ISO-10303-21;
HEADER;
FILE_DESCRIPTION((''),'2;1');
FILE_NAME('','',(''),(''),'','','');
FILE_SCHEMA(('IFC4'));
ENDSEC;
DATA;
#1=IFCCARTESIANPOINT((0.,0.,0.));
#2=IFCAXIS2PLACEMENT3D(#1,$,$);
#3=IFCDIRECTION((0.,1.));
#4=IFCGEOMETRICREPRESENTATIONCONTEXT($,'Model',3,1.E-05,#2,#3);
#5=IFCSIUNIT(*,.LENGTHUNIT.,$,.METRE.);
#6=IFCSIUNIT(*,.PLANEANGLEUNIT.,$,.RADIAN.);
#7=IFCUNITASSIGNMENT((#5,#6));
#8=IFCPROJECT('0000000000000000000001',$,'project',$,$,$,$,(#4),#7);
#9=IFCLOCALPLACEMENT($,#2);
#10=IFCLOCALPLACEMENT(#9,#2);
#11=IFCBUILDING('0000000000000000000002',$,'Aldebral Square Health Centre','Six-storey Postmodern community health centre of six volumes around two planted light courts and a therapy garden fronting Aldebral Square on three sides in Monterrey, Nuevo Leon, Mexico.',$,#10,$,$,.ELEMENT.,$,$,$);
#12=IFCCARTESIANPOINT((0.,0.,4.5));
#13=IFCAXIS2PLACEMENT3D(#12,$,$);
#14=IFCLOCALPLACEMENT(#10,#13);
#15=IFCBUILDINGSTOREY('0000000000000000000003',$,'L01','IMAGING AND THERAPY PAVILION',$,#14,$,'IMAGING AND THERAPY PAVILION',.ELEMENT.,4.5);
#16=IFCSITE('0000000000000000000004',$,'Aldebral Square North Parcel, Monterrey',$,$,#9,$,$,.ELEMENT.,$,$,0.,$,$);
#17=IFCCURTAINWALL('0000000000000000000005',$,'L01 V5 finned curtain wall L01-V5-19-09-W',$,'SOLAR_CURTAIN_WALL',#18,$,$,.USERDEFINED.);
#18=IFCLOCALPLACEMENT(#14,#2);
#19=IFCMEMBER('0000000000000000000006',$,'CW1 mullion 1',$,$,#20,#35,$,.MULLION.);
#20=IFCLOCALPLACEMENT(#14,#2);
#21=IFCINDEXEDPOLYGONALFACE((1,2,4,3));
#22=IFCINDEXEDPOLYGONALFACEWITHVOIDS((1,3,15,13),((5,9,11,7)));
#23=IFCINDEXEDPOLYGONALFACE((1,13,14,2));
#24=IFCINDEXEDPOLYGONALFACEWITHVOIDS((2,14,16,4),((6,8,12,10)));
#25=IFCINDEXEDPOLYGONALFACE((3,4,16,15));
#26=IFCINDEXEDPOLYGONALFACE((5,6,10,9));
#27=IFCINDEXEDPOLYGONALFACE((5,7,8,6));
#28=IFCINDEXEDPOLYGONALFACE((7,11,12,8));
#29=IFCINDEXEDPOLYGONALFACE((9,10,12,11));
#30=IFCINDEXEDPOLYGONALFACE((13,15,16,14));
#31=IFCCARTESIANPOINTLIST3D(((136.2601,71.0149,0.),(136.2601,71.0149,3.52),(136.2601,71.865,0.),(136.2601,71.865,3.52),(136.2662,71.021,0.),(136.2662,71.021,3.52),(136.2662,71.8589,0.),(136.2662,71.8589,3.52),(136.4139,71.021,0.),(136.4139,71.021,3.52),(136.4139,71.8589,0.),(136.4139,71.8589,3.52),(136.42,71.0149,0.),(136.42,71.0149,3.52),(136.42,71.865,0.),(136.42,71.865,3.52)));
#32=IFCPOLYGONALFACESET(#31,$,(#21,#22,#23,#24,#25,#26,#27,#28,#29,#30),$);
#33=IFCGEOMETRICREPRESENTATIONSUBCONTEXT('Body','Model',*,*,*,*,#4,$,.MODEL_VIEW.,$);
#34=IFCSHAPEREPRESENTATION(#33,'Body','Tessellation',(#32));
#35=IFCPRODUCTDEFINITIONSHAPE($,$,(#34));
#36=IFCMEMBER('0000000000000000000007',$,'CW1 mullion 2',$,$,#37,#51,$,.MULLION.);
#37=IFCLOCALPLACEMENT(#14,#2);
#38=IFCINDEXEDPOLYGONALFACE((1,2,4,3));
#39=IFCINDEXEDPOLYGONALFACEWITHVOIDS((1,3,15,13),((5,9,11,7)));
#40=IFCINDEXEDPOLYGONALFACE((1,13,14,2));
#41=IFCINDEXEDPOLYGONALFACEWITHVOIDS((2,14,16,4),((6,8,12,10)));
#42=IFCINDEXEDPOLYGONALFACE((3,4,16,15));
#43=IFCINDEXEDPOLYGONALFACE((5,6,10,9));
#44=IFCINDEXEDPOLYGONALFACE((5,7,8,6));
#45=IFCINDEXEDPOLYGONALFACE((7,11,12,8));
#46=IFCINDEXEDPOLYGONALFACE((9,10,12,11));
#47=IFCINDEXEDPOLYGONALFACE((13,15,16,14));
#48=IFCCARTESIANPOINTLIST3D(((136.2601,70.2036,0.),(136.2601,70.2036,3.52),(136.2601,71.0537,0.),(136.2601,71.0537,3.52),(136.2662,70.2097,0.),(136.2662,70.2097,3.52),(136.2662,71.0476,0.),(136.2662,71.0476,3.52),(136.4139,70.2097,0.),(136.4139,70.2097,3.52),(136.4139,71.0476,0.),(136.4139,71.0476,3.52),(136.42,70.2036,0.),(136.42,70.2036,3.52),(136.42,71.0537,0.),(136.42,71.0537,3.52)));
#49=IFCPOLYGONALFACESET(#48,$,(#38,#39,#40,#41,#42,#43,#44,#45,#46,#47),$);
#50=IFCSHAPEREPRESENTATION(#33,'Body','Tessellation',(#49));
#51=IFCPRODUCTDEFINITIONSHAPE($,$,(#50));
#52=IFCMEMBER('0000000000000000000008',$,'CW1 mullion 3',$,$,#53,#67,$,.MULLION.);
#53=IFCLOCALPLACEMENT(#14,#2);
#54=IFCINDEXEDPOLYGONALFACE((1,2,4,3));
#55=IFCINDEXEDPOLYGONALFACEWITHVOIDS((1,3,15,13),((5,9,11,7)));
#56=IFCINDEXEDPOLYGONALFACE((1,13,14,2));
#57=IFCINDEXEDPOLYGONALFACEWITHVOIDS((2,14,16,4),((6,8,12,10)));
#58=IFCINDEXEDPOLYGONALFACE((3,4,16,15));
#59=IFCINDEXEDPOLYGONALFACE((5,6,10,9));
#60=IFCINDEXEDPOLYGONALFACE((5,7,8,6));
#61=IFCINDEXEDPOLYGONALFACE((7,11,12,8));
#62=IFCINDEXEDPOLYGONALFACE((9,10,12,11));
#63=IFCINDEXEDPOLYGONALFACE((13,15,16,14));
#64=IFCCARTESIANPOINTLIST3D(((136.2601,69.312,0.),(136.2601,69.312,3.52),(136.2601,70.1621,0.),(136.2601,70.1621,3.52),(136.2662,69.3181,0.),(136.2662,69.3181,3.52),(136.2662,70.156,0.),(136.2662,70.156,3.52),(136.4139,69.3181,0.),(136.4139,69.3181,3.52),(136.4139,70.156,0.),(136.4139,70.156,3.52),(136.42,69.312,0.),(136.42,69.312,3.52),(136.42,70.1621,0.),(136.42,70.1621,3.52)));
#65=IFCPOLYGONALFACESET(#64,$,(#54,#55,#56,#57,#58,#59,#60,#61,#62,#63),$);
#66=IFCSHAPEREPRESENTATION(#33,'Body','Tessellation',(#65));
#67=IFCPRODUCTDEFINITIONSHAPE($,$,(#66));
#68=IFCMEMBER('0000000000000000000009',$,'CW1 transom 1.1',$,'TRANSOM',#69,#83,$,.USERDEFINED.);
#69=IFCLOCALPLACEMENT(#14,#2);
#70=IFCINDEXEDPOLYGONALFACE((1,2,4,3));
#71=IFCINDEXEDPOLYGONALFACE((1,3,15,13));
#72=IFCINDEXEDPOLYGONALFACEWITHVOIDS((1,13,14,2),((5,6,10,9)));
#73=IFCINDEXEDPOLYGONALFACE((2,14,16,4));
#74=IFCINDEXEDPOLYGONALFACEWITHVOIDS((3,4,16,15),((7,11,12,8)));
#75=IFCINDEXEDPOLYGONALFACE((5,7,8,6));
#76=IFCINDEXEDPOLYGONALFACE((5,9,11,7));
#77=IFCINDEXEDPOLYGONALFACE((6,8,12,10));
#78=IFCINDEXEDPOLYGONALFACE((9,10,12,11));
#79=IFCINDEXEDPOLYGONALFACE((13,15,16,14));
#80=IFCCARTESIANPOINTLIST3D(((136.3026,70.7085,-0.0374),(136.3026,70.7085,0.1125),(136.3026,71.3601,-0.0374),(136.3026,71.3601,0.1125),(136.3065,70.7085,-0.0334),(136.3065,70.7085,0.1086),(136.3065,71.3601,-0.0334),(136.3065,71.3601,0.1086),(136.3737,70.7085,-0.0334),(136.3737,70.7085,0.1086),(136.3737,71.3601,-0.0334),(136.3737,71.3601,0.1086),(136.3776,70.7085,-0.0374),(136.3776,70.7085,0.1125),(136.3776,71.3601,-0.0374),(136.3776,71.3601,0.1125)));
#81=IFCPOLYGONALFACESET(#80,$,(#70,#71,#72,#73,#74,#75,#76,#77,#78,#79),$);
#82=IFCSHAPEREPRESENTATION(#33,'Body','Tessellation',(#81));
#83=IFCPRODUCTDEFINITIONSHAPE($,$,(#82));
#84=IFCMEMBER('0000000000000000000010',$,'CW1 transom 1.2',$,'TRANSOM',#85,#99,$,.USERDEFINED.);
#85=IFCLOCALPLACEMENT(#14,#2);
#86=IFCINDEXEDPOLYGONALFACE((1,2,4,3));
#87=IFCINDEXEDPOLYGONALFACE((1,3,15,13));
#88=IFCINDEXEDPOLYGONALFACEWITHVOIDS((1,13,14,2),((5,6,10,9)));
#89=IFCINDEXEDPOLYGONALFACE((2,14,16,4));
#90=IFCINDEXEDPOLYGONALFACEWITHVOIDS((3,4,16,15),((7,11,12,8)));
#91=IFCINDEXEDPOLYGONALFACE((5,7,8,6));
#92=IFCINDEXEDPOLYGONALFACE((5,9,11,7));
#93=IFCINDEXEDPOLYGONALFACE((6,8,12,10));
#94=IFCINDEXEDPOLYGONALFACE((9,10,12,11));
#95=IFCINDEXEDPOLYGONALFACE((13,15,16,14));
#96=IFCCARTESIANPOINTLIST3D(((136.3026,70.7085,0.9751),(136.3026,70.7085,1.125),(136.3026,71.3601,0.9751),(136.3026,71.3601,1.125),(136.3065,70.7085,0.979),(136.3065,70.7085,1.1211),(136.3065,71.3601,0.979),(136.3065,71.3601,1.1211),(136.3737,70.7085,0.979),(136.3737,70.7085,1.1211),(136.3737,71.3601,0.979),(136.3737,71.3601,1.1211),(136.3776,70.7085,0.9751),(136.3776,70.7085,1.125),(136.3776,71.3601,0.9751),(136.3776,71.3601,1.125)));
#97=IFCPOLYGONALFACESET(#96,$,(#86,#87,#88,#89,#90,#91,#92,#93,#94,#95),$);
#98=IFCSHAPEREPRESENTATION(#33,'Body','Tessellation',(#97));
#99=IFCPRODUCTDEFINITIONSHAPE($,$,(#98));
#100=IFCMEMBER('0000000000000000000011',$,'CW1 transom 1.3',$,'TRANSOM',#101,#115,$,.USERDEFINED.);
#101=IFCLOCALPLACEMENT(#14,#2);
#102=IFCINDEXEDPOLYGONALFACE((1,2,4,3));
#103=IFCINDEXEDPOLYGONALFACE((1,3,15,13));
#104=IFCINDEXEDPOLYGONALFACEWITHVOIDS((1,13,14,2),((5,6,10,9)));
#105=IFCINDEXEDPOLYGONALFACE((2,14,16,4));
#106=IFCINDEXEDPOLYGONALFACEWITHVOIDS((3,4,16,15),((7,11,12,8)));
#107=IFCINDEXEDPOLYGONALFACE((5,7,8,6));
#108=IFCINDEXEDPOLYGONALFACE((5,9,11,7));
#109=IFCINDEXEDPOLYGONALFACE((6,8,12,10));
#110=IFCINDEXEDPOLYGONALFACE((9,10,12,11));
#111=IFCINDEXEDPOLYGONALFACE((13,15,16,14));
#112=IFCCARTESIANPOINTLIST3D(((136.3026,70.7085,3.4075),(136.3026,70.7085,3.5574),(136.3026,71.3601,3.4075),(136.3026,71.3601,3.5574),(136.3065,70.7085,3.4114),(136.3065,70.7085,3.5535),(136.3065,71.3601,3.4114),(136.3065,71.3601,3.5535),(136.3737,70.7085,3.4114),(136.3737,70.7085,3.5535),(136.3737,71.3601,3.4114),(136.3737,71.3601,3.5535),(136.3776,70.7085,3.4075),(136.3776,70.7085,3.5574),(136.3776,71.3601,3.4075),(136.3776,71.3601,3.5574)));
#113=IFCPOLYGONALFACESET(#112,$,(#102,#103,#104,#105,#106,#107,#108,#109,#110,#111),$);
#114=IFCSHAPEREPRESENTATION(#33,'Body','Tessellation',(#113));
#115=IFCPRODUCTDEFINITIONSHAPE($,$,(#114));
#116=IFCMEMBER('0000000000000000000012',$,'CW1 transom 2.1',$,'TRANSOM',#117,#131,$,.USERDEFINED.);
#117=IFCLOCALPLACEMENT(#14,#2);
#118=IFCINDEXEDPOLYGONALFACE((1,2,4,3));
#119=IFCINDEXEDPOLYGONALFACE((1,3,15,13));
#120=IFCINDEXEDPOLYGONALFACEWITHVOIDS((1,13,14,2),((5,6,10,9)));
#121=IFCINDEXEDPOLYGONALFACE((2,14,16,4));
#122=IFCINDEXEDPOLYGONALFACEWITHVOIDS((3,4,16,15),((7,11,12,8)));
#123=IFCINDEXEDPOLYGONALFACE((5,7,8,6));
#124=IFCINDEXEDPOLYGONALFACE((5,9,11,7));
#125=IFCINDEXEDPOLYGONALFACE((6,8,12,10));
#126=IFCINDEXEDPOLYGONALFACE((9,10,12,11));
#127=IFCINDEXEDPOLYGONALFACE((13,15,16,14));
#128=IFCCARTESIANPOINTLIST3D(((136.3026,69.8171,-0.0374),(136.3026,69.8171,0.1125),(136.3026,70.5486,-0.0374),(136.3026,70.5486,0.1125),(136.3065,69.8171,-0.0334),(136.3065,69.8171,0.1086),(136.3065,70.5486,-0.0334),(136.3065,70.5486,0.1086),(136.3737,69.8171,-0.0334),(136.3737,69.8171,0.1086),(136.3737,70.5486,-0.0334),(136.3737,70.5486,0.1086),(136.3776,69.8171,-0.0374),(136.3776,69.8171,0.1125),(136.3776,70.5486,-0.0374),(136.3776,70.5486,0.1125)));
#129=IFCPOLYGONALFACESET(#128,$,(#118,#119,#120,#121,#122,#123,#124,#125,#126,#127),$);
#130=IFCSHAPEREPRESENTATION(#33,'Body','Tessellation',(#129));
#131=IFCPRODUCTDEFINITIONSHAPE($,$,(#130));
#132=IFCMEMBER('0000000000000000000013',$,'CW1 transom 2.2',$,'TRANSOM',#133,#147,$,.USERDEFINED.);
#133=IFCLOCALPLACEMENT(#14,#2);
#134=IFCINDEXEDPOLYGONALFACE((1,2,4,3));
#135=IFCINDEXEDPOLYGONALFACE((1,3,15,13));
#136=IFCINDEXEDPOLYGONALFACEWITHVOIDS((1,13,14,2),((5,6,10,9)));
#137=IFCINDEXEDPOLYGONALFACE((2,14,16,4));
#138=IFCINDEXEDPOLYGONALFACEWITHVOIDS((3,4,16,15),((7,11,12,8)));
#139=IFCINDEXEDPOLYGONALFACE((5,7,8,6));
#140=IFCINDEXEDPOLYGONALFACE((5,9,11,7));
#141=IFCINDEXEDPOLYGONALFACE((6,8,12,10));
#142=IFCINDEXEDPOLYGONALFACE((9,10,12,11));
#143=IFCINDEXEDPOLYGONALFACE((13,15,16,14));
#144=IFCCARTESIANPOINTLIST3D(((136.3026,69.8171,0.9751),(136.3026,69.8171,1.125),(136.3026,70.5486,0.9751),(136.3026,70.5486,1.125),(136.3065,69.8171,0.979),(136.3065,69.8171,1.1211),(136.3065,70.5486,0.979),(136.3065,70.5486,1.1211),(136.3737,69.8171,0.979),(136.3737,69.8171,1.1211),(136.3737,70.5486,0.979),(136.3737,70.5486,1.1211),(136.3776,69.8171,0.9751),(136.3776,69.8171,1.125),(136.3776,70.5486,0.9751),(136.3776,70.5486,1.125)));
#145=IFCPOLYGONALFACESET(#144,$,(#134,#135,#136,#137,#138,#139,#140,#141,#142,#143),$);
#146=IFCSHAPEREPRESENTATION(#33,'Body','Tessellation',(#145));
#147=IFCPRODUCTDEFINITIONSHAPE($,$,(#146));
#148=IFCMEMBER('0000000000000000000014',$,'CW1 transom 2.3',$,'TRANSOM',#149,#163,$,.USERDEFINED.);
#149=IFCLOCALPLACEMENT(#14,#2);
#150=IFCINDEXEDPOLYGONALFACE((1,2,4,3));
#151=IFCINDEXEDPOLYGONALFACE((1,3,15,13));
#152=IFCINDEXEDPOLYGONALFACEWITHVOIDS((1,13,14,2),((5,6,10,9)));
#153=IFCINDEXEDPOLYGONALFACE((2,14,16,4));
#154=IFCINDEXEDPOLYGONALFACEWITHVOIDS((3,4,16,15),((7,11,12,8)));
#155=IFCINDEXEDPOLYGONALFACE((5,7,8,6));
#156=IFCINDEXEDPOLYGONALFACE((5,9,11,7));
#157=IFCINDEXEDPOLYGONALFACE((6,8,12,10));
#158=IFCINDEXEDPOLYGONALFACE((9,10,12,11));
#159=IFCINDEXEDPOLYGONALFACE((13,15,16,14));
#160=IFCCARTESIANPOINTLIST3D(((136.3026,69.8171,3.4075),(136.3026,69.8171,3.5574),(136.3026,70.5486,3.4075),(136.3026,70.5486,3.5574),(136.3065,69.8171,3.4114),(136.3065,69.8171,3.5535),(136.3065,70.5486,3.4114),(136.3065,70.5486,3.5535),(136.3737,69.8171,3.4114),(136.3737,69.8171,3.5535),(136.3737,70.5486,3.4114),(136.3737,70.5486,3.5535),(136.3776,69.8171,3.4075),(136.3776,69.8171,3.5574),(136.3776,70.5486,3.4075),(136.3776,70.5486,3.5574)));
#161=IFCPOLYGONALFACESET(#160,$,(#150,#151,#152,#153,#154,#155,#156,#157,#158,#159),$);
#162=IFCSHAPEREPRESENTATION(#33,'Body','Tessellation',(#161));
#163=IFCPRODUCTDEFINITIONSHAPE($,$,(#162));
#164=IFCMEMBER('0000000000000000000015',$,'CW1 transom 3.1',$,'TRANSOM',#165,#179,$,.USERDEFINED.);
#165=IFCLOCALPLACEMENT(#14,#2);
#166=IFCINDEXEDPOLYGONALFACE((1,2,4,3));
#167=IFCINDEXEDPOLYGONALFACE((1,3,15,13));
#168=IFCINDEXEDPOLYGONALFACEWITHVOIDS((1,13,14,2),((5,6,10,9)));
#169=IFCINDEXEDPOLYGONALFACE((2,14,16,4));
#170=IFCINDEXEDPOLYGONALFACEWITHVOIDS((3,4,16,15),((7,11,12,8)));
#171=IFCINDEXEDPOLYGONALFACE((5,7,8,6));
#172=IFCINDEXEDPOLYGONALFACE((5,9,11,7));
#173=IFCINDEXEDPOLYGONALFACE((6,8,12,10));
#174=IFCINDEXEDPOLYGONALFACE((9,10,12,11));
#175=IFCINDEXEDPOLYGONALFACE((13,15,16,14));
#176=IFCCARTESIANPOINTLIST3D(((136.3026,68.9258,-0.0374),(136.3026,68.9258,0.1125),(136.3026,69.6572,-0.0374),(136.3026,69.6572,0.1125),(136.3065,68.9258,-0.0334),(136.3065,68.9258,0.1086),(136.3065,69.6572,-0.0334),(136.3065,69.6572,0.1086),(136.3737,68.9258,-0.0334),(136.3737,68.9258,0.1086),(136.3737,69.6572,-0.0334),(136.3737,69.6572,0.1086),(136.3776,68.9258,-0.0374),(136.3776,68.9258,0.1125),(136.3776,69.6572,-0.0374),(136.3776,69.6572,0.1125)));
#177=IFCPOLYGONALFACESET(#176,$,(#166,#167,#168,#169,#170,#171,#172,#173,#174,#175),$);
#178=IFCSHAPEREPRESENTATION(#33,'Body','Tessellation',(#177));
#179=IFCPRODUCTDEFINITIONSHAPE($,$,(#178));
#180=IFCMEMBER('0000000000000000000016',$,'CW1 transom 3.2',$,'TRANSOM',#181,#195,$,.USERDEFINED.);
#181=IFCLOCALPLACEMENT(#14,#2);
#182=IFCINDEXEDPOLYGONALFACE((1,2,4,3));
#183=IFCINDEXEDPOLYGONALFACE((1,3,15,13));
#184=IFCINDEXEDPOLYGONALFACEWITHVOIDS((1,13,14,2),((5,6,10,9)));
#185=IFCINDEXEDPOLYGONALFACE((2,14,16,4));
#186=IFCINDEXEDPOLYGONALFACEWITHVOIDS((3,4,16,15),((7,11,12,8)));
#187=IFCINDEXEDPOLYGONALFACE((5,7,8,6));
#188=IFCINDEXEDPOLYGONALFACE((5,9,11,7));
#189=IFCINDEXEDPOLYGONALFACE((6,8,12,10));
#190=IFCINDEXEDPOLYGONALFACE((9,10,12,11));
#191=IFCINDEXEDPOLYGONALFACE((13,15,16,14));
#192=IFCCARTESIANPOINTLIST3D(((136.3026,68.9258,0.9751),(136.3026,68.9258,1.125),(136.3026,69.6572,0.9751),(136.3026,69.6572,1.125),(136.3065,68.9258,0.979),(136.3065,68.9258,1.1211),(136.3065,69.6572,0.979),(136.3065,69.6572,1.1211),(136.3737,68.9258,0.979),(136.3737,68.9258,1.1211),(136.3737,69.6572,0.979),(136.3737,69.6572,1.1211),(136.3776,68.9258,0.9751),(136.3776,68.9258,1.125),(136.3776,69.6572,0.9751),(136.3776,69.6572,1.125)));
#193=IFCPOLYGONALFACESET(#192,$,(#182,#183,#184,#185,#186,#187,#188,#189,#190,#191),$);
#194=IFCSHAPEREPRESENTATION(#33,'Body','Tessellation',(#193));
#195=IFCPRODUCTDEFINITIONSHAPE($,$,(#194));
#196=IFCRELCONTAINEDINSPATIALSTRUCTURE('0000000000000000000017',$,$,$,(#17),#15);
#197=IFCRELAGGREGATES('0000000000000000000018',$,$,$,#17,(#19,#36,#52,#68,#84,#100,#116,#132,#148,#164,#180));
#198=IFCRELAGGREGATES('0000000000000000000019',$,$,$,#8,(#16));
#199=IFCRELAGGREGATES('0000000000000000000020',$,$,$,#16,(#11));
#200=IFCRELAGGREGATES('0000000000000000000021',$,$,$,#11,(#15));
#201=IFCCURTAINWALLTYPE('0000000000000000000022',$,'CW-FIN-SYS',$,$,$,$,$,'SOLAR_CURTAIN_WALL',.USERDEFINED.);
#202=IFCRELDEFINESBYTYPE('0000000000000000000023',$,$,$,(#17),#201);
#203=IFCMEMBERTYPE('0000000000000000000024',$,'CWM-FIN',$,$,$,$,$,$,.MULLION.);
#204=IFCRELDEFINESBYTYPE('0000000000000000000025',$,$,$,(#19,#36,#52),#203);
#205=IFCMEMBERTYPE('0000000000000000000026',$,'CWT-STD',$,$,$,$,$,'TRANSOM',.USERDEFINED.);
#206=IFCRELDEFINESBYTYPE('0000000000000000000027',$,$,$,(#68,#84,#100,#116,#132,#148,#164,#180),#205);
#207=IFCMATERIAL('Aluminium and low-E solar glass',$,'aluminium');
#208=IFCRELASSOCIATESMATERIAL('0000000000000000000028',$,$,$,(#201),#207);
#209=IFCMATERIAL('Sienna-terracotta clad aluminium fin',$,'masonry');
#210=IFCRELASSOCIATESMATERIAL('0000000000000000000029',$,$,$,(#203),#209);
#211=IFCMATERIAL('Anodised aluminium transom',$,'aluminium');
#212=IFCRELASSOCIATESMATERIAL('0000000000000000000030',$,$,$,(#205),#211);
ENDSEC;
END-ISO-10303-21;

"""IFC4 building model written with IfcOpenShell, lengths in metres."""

from ifc_helpers import new_model, si_unit, direction, frame, origin, origin_2d, place, context, subcontext, project, spatial, hollow_rectangle, extrude, material, material_profile, profile_set, type_object, element, aggregate, save


model = new_model("IFC4")

# Units and contexts
model_context = context("Model", 3, precision=1e-05, world=origin(), true_north=direction((0.0, 1.0)))
body_context = subcontext(model_context, "Body", "Model", "MODEL_VIEW")
ifc_project = project(units=[si_unit("LENGTHUNIT", "METRE"), si_unit("PLANEANGLEUNIT", "RADIAN")], contexts=[model_context])

# Site, building, storey
site_placement = place(None, origin())
site = spatial("IfcSite", under=ifc_project, at=site_placement, Name="Aldebral Square North Parcel, Monterrey", CompositionType="ELEMENT", RefElevation=0.0)
building_placement = place(site_placement, origin())
building = spatial("IfcBuilding", under=site, at=building_placement, Name="Aldebral Square Health Centre", Description="Six-storey Postmodern community health centre of six volumes around two planted light courts and a therapy garden fronting Aldebral Square on three sides in Monterrey, Nuevo Leon, Mexico.", CompositionType="ELEMENT")
storey_placement = place(building_placement, frame((0.0, 0.0, 4.5)))
storey = spatial("IfcBuildingStorey", under=building, at=storey_placement, Name="L01", Description="IMAGING AND THERAPY PAVILION", LongName="IMAGING AND THERAPY PAVILION", CompositionType="ELEMENT", Elevation=4.5)

# Curtain wall, members
ifc_material_1 = material(Name="Aluminium and low-E solar glass", Category="aluminium")
curtain_wall_type = type_object("IfcCurtainWallType", Name="CW-FIN-SYS", ElementType="SOLAR_CURTAIN_WALL", PredefinedType="USERDEFINED", material=ifc_material_1)
curtain_wall_placement = place(storey_placement, origin())
curtain_wall = element("IfcCurtainWall", 1, at=curtain_wall_placement, inside=storey, type_object=curtain_wall_type, Name="L01 V5 finned curtain wall L01-V5-19-09-W", ObjectType="SOLAR_CURTAIN_WALL", PredefinedType="USERDEFINED")
ifc_material_2 = material(Name="Sienna-terracotta clad aluminium fin", Category="masonry")
ifc_material_profile_1 = material_profile(ifc_material_2, hollow_rectangle(XDim=0.1599, YDim=0.8501, WallThickness=0.0061, at=origin_2d()), Name="FIN 160x850x6")
ifc_profile_set_1 = profile_set([ifc_material_profile_1], Name="Sienna-terracotta clad aluminium fin")
member_type_1 = type_object("IfcMemberType", Name="CWM-FIN", PredefinedType="MULLION", material=ifc_profile_set_1)
member_1_placement = place(storey_placement, frame((136.3401, 71.4399, 0.0), z_axis=(0.0, 0.0, 1.0), x_axis=(1.0, 0.0, 0.0)))
member_1 = element("IfcMember", 2, at=member_1_placement, type_object=member_type_1, Name="CW1 mullion 1", PredefinedType="MULLION", context=body_context, shape_type="SweptSolid", body=[
    extrude(hollow_rectangle(XDim=0.1599, YDim=0.8501, WallThickness=0.0061, at=origin_2d()), origin(), (0.0, 0.0, 1.0), 3.52),
])
member_2_placement = place(storey_placement, frame((136.3401, 70.6287, 0.0), z_axis=(0.0, 0.0, 1.0), x_axis=(1.0, 0.0, 0.0)))
member_2 = element("IfcMember", 3, at=member_2_placement, type_object=member_type_1, Name="CW1 mullion 2", PredefinedType="MULLION", context=body_context, shape_type="SweptSolid", body=[
    extrude(hollow_rectangle(XDim=0.1599, YDim=0.8501, WallThickness=0.0061, at=origin_2d()), origin(), (0.0, 0.0, 1.0), 3.52),
])
member_3_placement = place(storey_placement, frame((136.3401, 69.7371, 0.0), z_axis=(0.0, 0.0, 1.0), x_axis=(1.0, 0.0, 0.0)))
member_3 = element("IfcMember", 4, at=member_3_placement, type_object=member_type_1, Name="CW1 mullion 3", PredefinedType="MULLION", context=body_context, shape_type="SweptSolid", body=[
    extrude(hollow_rectangle(XDim=0.1599, YDim=0.8501, WallThickness=0.0061, at=origin_2d()), origin(), (0.0, 0.0, 1.0), 3.52),
])
ifc_material_3 = material(Name="Anodised aluminium transom", Category="aluminium")
ifc_material_profile_2 = material_profile(ifc_material_3, hollow_rectangle(XDim=0.075, YDim=0.1499, WallThickness=0.0039, at=origin_2d()), Name="CWT 75x150x4")
ifc_profile_set_2 = profile_set([ifc_material_profile_2], Name="Anodised aluminium transom")
member_type_2 = type_object("IfcMemberType", Name="CWT-STD", ElementType="TRANSOM", PredefinedType="USERDEFINED", material=ifc_profile_set_2)
member_4_placement = place(storey_placement, frame((136.3401, 71.3601, 0.0376), z_axis=(0.0, -1.0, 0.0), x_axis=(1.0, 0.0, 0.0)))
member_4 = element("IfcMember", 5, at=member_4_placement, type_object=member_type_2, Name="CW1 transom 1.1", ObjectType="TRANSOM", PredefinedType="USERDEFINED", context=body_context, shape_type="SweptSolid", body=[
    extrude(hollow_rectangle(XDim=0.075, YDim=0.1499, WallThickness=0.0039, at=origin_2d()), origin(), (0.0, 0.0, 1.0), 0.6516),
])
member_5_placement = place(storey_placement, frame((136.3401, 71.3601, 1.05), z_axis=(0.0, -1.0, 0.0), x_axis=(1.0, 0.0, 0.0)))
member_5 = element("IfcMember", 6, at=member_5_placement, type_object=member_type_2, Name="CW1 transom 1.2", ObjectType="TRANSOM", PredefinedType="USERDEFINED", context=body_context, shape_type="SweptSolid", body=[
    extrude(hollow_rectangle(XDim=0.075, YDim=0.1499, WallThickness=0.0039, at=origin_2d()), origin(), (0.0, 0.0, 1.0), 0.6516),
])
member_6_placement = place(storey_placement, frame((136.3401, 71.3601, 3.4824), z_axis=(0.0, -1.0, 0.0), x_axis=(1.0, 0.0, 0.0)))
member_6 = element("IfcMember", 7, at=member_6_placement, type_object=member_type_2, Name="CW1 transom 1.3", ObjectType="TRANSOM", PredefinedType="USERDEFINED", context=body_context, shape_type="SweptSolid", body=[
    extrude(hollow_rectangle(XDim=0.075, YDim=0.1499, WallThickness=0.0039, at=origin_2d()), origin(), (0.0, 0.0, 1.0), 0.6516),
])
member_7_placement = place(storey_placement, frame((136.3401, 70.5486, 0.0376), z_axis=(0.0, -1.0, 0.0), x_axis=(1.0, 0.0, 0.0)))
member_7 = element("IfcMember", 8, at=member_7_placement, type_object=member_type_2, Name="CW1 transom 2.1", ObjectType="TRANSOM", PredefinedType="USERDEFINED", context=body_context, shape_type="SweptSolid", body=[
    extrude(hollow_rectangle(XDim=0.075, YDim=0.1499, WallThickness=0.0039, at=origin_2d()), origin(), (0.0, 0.0, 1.0), 0.7314),
])
member_8_placement = place(storey_placement, frame((136.3401, 70.5486, 1.05), z_axis=(0.0, -1.0, 0.0), x_axis=(1.0, 0.0, 0.0)))
member_8 = element("IfcMember", 9, at=member_8_placement, type_object=member_type_2, Name="CW1 transom 2.2", ObjectType="TRANSOM", PredefinedType="USERDEFINED", context=body_context, shape_type="SweptSolid", body=[
    extrude(hollow_rectangle(XDim=0.075, YDim=0.1499, WallThickness=0.0039, at=origin_2d()), origin(), (0.0, 0.0, 1.0), 0.7314),
])
member_9_placement = place(storey_placement, frame((136.3401, 70.5486, 3.4824), z_axis=(0.0, -1.0, 0.0), x_axis=(1.0, 0.0, 0.0)))
member_9 = element("IfcMember", 10, at=member_9_placement, type_object=member_type_2, Name="CW1 transom 2.3", ObjectType="TRANSOM", PredefinedType="USERDEFINED", context=body_context, shape_type="SweptSolid", body=[
    extrude(hollow_rectangle(XDim=0.075, YDim=0.1499, WallThickness=0.0039, at=origin_2d()), origin(), (0.0, 0.0, 1.0), 0.7314),
])
member_10_placement = place(storey_placement, frame((136.3401, 69.6572, 0.0376), z_axis=(0.0, -1.0, 0.0), x_axis=(1.0, 0.0, 0.0)))
member_10 = element("IfcMember", 11, at=member_10_placement, type_object=member_type_2, Name="CW1 transom 3.1", ObjectType="TRANSOM", PredefinedType="USERDEFINED", context=body_context, shape_type="SweptSolid", body=[
    extrude(hollow_rectangle(XDim=0.075, YDim=0.1499, WallThickness=0.0039, at=origin_2d()), origin(), (0.0, 0.0, 1.0), 0.7314),
])
member_11_placement = place(storey_placement, frame((136.3401, 69.6572, 1.05), z_axis=(0.0, -1.0, 0.0), x_axis=(1.0, 0.0, 0.0)))
member_11 = element("IfcMember", 12, at=member_11_placement, type_object=member_type_2, Name="CW1 transom 3.2", ObjectType="TRANSOM", PredefinedType="USERDEFINED", context=body_context, shape_type="SweptSolid", body=[
    extrude(hollow_rectangle(XDim=0.075, YDim=0.1499, WallThickness=0.0039, at=origin_2d()), origin(), (0.0, 0.0, 1.0), 0.7314),
])
aggregate(curtain_wall, [member_1, member_2, member_3, member_4, member_5, member_6, member_7, member_8, member_9, member_10, member_11])

save(model, "model.ifc")
